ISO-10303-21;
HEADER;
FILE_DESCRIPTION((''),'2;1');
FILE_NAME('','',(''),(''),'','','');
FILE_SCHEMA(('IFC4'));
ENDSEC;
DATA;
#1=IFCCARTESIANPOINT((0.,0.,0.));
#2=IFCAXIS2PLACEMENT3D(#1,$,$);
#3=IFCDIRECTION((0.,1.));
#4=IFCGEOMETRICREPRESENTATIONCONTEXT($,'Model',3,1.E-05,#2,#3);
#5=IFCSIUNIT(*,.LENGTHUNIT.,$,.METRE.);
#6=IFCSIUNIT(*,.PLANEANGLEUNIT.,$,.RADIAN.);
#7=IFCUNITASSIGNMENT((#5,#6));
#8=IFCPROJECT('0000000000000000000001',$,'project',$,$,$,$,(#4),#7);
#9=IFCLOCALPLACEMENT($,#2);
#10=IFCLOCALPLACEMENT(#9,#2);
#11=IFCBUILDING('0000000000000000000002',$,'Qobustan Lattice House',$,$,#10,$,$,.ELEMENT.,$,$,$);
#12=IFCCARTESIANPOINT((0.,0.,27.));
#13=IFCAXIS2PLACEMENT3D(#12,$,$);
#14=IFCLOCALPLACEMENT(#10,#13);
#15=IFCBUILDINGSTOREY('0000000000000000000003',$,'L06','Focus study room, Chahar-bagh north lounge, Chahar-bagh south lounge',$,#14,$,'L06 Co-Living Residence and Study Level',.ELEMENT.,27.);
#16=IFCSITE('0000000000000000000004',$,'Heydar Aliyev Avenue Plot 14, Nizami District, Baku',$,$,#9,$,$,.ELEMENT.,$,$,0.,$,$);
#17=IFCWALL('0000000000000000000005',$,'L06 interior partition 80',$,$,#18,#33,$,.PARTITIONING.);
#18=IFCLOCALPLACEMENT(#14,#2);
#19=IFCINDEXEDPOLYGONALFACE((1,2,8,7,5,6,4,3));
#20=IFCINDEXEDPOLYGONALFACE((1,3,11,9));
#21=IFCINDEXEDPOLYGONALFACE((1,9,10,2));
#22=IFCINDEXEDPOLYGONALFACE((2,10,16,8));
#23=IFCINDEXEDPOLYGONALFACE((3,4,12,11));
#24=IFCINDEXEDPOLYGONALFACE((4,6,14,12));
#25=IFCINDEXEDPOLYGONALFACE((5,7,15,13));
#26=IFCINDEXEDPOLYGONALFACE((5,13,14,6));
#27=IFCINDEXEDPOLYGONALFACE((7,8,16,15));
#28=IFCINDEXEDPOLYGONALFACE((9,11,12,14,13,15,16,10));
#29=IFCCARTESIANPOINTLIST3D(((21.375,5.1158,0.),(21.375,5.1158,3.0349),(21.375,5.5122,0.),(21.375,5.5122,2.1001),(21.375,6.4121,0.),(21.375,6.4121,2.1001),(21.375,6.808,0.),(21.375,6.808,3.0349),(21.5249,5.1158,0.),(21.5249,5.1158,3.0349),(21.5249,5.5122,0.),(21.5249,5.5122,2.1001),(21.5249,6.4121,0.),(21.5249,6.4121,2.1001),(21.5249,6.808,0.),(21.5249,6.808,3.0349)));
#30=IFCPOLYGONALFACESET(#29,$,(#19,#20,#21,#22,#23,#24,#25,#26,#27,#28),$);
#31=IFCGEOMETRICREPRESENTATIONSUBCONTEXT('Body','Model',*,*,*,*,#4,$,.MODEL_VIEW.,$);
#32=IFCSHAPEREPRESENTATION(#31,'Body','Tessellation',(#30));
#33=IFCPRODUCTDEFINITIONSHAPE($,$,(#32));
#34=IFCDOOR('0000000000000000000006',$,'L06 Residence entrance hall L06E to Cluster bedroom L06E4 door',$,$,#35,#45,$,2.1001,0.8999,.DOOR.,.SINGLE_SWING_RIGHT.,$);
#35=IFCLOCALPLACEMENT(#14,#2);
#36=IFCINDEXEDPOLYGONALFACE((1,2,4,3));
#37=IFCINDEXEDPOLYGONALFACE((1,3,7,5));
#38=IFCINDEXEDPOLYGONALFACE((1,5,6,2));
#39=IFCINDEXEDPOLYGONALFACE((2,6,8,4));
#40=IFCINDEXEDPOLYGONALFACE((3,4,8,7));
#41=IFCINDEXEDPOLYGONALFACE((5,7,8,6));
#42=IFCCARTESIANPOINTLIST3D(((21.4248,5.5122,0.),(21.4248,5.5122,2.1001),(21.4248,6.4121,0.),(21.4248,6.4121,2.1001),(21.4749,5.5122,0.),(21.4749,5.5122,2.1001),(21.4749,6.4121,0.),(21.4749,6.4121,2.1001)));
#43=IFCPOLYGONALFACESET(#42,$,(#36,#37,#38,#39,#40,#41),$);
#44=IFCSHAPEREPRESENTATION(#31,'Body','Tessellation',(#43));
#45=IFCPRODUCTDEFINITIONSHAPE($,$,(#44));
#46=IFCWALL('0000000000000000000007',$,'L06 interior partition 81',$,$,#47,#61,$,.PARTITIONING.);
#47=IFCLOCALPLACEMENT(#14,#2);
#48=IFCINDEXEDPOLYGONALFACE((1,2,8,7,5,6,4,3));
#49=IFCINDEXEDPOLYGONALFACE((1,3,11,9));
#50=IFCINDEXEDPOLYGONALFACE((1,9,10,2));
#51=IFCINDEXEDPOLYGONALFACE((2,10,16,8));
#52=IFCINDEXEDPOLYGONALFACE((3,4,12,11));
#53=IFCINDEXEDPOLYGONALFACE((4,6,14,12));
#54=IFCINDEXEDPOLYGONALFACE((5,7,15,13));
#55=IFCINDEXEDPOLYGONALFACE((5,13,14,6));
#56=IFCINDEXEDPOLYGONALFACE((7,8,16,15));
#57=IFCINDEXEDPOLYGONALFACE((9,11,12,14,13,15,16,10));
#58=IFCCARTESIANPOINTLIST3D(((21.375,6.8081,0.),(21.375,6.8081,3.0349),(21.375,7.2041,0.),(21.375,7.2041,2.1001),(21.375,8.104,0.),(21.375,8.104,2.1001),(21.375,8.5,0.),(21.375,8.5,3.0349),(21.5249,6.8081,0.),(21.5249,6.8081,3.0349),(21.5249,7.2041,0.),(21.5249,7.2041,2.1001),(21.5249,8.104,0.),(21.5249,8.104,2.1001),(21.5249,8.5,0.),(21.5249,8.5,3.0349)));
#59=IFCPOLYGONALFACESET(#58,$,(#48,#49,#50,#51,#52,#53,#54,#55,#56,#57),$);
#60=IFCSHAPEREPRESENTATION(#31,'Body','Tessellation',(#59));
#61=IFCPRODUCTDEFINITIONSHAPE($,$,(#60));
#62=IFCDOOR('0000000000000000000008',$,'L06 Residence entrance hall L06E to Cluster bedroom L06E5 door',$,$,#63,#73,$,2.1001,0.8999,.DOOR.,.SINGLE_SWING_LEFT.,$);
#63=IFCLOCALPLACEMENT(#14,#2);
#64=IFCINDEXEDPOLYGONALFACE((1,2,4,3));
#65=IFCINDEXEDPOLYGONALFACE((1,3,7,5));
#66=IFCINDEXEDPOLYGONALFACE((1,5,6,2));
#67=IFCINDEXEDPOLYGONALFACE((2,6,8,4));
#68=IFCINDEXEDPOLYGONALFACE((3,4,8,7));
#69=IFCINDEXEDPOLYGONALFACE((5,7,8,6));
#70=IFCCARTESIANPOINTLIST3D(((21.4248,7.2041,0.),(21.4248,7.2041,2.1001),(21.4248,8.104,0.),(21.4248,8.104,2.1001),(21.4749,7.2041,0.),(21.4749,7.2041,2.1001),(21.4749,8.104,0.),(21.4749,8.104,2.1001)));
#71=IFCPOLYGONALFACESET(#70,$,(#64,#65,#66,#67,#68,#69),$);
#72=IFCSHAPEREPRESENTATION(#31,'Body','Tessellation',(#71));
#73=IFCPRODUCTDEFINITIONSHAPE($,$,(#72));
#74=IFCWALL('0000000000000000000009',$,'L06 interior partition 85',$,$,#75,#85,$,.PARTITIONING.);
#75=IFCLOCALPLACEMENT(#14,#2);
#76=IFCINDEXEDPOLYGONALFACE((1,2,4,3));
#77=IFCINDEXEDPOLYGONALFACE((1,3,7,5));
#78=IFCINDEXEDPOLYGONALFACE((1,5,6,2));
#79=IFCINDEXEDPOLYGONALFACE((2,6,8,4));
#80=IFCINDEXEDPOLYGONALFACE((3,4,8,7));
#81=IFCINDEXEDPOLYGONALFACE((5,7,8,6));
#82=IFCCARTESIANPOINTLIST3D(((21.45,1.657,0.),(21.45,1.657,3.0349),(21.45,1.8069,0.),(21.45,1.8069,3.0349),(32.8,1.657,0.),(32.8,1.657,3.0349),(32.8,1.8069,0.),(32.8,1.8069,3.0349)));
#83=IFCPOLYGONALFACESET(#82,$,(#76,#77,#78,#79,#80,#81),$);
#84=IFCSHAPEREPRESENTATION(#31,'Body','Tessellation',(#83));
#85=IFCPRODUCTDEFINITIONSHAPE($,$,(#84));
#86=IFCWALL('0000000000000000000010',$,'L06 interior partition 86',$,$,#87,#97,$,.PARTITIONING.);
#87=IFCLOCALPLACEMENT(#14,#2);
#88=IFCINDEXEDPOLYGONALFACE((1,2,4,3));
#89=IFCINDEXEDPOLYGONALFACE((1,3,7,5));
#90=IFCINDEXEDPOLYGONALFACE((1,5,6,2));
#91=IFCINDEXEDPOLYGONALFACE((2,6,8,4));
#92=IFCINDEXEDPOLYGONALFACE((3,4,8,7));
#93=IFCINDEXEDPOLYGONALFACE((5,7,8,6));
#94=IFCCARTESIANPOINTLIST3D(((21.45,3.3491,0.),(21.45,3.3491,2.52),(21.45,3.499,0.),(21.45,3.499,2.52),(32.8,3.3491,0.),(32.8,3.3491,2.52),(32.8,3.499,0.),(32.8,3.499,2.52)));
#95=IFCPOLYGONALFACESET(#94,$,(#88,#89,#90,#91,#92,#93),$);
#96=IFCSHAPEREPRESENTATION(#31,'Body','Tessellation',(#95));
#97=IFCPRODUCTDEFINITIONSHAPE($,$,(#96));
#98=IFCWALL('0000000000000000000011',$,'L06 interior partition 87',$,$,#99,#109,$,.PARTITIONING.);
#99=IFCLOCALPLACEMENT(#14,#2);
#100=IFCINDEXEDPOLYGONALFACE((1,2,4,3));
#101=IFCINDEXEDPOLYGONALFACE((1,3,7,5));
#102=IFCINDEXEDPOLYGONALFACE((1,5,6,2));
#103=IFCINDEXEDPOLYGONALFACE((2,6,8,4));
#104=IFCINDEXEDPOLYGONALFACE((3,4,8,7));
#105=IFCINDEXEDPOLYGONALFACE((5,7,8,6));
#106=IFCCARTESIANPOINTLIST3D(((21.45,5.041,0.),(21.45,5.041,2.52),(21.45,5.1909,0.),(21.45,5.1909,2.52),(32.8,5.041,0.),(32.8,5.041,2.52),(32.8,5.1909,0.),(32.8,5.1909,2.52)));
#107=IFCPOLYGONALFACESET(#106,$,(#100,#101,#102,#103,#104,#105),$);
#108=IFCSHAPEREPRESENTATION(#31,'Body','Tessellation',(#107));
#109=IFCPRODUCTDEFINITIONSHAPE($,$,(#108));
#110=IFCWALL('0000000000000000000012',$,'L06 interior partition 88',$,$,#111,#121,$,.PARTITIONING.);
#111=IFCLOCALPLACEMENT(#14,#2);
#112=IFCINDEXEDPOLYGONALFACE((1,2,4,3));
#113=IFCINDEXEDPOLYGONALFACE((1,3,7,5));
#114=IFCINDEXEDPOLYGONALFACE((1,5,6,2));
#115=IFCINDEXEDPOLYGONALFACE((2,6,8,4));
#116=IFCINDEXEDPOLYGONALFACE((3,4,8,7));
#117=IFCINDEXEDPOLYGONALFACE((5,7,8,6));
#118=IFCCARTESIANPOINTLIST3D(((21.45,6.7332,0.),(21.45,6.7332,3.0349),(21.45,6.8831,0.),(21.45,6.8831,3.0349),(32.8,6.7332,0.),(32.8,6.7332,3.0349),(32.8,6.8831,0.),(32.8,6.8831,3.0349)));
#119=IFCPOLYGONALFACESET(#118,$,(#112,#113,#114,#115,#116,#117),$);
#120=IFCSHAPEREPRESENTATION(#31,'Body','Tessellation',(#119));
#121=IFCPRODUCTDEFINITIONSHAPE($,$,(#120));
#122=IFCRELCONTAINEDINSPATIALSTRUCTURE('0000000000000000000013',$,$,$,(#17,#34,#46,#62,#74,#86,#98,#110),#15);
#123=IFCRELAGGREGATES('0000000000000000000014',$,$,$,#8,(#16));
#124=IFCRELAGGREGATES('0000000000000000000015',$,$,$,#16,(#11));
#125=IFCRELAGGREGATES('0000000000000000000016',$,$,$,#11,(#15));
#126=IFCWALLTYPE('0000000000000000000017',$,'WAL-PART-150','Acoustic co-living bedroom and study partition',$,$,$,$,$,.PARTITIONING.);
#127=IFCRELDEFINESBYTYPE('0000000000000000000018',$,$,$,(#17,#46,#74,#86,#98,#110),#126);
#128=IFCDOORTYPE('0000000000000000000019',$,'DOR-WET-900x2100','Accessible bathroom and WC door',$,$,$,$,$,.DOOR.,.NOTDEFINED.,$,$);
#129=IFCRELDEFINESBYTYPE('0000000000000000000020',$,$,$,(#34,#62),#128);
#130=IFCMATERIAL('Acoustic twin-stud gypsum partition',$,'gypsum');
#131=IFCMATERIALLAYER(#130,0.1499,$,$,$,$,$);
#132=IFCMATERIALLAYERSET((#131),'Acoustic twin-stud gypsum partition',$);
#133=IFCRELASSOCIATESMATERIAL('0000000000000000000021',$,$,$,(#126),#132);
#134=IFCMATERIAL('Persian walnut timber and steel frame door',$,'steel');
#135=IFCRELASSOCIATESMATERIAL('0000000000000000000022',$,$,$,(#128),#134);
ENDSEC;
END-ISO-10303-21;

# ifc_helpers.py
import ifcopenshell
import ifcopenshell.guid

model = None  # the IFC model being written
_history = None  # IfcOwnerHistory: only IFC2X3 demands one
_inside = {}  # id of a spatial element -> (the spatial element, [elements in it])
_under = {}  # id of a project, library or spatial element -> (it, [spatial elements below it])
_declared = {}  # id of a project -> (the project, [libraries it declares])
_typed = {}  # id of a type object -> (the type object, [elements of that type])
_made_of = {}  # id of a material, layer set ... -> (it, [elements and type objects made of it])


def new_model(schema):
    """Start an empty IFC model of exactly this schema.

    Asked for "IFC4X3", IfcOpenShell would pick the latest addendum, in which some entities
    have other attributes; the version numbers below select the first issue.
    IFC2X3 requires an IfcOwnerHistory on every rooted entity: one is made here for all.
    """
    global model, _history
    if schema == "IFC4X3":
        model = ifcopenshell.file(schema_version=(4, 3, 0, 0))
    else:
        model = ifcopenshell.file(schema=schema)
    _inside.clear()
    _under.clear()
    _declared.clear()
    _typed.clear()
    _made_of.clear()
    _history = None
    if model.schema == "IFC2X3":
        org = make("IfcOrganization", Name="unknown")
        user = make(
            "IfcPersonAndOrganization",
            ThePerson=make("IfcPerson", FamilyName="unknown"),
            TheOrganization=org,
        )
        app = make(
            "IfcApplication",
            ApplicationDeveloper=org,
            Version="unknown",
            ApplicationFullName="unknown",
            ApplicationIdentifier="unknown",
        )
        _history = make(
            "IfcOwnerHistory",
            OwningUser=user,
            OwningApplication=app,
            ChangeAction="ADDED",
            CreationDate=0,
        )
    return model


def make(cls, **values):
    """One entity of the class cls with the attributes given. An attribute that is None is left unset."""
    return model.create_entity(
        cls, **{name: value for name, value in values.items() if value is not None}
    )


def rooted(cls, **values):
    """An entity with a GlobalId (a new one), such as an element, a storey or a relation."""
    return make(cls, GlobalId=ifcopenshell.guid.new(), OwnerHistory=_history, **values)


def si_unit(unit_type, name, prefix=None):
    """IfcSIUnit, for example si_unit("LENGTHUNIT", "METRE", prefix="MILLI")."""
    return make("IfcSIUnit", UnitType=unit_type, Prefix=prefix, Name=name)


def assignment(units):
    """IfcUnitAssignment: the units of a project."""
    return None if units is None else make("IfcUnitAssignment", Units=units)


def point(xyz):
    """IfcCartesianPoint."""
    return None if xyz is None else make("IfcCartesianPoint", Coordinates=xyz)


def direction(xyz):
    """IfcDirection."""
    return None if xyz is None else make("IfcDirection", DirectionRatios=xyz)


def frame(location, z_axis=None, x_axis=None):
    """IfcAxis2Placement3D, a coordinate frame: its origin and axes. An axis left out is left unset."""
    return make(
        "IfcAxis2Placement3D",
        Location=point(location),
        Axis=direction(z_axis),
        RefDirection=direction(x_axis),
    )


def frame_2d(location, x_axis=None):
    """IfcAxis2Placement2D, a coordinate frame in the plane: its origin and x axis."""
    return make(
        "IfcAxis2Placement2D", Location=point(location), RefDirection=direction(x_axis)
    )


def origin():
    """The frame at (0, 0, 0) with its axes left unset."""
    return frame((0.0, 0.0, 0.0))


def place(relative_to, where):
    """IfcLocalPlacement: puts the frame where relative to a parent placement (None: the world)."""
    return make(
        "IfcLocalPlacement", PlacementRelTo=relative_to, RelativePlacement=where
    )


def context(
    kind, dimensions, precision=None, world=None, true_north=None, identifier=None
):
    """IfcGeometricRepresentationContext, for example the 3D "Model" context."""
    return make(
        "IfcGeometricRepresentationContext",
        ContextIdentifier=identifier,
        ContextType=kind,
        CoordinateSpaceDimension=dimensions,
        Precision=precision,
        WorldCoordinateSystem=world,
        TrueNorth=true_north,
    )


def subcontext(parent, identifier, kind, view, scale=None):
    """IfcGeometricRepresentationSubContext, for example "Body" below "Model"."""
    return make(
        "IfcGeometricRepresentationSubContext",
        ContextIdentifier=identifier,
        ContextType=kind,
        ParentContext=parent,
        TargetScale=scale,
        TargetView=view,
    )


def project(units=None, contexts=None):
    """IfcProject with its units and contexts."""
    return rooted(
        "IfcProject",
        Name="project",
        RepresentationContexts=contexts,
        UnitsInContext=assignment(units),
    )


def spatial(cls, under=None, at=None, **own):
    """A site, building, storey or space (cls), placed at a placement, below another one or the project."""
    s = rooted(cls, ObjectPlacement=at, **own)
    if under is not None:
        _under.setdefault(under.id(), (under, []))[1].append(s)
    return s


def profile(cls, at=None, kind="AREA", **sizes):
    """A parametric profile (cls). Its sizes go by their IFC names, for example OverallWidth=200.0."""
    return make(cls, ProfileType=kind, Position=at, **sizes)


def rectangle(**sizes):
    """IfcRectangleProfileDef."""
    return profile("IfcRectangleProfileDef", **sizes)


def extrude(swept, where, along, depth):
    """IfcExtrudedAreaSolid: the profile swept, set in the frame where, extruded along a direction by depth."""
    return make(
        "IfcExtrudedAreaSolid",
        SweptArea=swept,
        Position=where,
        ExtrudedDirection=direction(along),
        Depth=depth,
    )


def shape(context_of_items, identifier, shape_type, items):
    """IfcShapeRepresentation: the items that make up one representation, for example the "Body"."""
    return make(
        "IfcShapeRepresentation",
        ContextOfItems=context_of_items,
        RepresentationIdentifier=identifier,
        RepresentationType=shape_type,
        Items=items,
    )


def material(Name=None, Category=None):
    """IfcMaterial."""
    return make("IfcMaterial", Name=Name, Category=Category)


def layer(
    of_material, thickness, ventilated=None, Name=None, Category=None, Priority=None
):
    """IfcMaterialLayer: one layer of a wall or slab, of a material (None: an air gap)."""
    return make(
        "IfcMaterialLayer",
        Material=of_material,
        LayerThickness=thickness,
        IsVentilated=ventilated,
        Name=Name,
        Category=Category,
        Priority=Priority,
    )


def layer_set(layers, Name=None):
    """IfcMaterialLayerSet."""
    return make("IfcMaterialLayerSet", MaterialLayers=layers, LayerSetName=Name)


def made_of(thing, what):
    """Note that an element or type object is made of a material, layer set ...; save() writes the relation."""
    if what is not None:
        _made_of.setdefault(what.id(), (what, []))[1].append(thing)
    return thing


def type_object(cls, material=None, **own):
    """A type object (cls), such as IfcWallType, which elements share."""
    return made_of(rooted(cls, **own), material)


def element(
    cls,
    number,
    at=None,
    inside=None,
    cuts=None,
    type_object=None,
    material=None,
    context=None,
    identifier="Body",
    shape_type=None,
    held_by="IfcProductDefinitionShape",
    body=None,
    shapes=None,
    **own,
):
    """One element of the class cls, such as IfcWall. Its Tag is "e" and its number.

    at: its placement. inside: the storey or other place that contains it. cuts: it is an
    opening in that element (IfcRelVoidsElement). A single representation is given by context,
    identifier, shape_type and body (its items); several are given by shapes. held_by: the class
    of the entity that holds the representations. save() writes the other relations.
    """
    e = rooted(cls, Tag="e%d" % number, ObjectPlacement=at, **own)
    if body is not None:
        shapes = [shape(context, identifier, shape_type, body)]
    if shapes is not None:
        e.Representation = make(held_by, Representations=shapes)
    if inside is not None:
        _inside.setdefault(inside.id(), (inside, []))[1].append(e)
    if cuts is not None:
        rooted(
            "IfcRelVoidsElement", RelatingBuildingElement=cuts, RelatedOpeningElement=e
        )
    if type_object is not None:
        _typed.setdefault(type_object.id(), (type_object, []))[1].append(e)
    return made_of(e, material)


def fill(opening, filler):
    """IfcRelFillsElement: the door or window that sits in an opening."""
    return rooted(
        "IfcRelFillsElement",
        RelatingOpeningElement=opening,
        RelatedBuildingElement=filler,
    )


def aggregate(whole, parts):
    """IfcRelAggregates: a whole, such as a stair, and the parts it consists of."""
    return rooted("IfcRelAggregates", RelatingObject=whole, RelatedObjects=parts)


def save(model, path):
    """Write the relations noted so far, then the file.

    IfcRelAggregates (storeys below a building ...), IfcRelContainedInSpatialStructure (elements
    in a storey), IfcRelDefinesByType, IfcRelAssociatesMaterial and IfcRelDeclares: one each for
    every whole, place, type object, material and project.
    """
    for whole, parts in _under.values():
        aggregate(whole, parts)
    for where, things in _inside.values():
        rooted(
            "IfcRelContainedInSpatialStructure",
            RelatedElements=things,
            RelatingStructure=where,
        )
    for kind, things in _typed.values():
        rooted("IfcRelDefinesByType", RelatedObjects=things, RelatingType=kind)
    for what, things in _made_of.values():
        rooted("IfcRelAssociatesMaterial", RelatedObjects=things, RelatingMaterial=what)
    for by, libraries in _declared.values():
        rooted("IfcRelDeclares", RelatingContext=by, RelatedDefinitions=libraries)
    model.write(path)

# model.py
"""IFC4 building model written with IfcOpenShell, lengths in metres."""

from ifc_helpers import new_model, si_unit, direction, frame, frame_2d, origin, place, context, subcontext, project, spatial, rectangle, extrude, material, layer, layer_set, type_object, element, fill, save


model = new_model("IFC4")

# Units and contexts
model_context = context("Model", 3, precision=1e-05, world=origin(), true_north=direction((0.0, 1.0)))
body_context = subcontext(model_context, "Body", "Model", "MODEL_VIEW")
ifc_project = project(units=[si_unit("LENGTHUNIT", "METRE"), si_unit("PLANEANGLEUNIT", "RADIAN")], contexts=[model_context])

# Site, building, storey
site_placement = place(None, origin())
site = spatial("IfcSite", under=ifc_project, at=site_placement, Name="Heydar Aliyev Avenue Plot 14, Nizami District, Baku", CompositionType="ELEMENT", RefElevation=0.0)
building_placement = place(site_placement, origin())
building = spatial("IfcBuilding", under=site, at=building_placement, Name="Qobustan Lattice House", CompositionType="ELEMENT")
storey_placement = place(building_placement, frame((0.0, 0.0, 27.0)))
storey = spatial("IfcBuildingStorey", under=building, at=storey_placement, Name="L06", Description="Focus study room, Chahar-bagh north lounge, Chahar-bagh south lounge", LongName="L06 Co-Living Residence and Study Level", CompositionType="ELEMENT", Elevation=27.0)

# Shared definitions
ifc_material_1 = material(Name="Acoustic twin-stud gypsum partition", Category="gypsum")
ifc_layer_1 = layer(ifc_material_1, 0.1499)
ifc_layer_set_1 = layer_set([ifc_layer_1], Name="Acoustic twin-stud gypsum partition")
wall_type_1 = type_object("IfcWallType", Name="WAL-PART-150", Description="Acoustic co-living bedroom and study partition", PredefinedType="PARTITIONING", material=ifc_layer_set_1)

# Walls, openings, doors
ifc_material_2 = material(Name="Persian walnut timber and steel frame door", Category="steel")
door_type_1 = type_object("IfcDoorType", Name="DOR-WET-900x2100", Description="Accessible bathroom and WC door", OperationType="NOTDEFINED", PredefinedType="DOOR", material=ifc_material_2)
wall_1_placement = place(storey_placement, frame((21.45, 6.8081, 0.0), z_axis=(0.0, 0.0, 1.0), x_axis=(0.0, -1.0, 0.0)))
wall_1 = element("IfcWall", 1, at=wall_1_placement, inside=storey, type_object=wall_type_1, Name="L06 interior partition 80", PredefinedType="PARTITIONING", context=body_context, shape_type="SweptSolid", body=[
    extrude(rectangle(XDim=1.6921, YDim=0.1499, at=frame_2d((0.8462, 0.0))), origin(), (0.0, 0.0, 1.0), 3.0349),
])
opening_1_placement = place(wall_1_placement, frame((0.396, 0.0, 0.0)))
opening_1 = element("IfcOpeningElement", 2, at=opening_1_placement, cuts=wall_1, PredefinedType="OPENING", context=body_context, shape_type="SweptSolid", body=[
    extrude(rectangle(XDim=0.8999, YDim=2.1001, at=frame_2d((0.45, 1.05))), frame((0.0, 0.085, 0.0), z_axis=(0.0, -1.0, 0.0), x_axis=(1.0, 0.0, 0.0)), (0.0, 0.0, 1.0), 0.1699),
])
door_1_placement = place(opening_1_placement, origin())
door_1 = element("IfcDoor", 3, at=door_1_placement, inside=storey, type_object=door_type_1, Name="L06 Residence entrance hall L06E to Cluster bedroom L06E4 door", OperationType="SINGLE_SWING_RIGHT", OverallHeight=2.1001, OverallWidth=0.8999, PredefinedType="DOOR", context=body_context, shape_type="SweptSolid", body=[
    extrude(rectangle(XDim=0.8999, YDim=2.1001, at=frame_2d((0.45, 1.05))), frame((0.0, 0.0249, 0.0), z_axis=(0.0, -1.0, 0.0), x_axis=(1.0, 0.0, 0.0)), (0.0, 0.0, 1.0), 0.05),
])
fill(opening_1, door_1)
wall_2_placement = place(storey_placement, frame((21.45, 8.5, 0.0), z_axis=(0.0, 0.0, 1.0), x_axis=(0.0, -1.0, 0.0)))
wall_2 = element("IfcWall", 4, at=wall_2_placement, inside=storey, type_object=wall_type_1, Name="L06 interior partition 81", PredefinedType="PARTITIONING", context=body_context, shape_type="SweptSolid", body=[
    extrude(rectangle(XDim=1.6919, YDim=0.1499, at=frame_2d((0.8459, 0.0))), origin(), (0.0, 0.0, 1.0), 3.0349),
])
opening_2_placement = place(wall_2_placement, frame((0.396, 0.0, 0.0)))
opening_2 = element("IfcOpeningElement", 5, at=opening_2_placement, cuts=wall_2, PredefinedType="OPENING", context=body_context, shape_type="SweptSolid", body=[
    extrude(rectangle(XDim=0.8999, YDim=2.1001, at=frame_2d((0.45, 1.05))), frame((0.0, 0.085, 0.0), z_axis=(0.0, -1.0, 0.0), x_axis=(1.0, 0.0, 0.0)), (0.0, 0.0, 1.0), 0.1699),
])
door_2_placement = place(opening_2_placement, origin())
door_2 = element("IfcDoor", 6, at=door_2_placement, inside=storey, type_object=door_type_1, Name="L06 Residence entrance hall L06E to Cluster bedroom L06E5 door", OperationType="SINGLE_SWING_LEFT", OverallHeight=2.1001, OverallWidth=0.8999, PredefinedType="DOOR", context=body_context, shape_type="SweptSolid", body=[
    extrude(rectangle(XDim=0.8999, YDim=2.1001, at=frame_2d((0.45, 1.05))), frame((0.0, 0.0249, 0.0), z_axis=(0.0, -1.0, 0.0), x_axis=(1.0, 0.0, 0.0)), (0.0, 0.0, 1.0), 0.05),
])
fill(opening_2, door_2)

# Walls
wall_3_placement = place(storey_placement, frame((21.45, 1.7319, 0.0), z_axis=(0.0, 0.0, 1.0), x_axis=(1.0, 0.0, 0.0)))
element("IfcWall", 7, at=wall_3_placement, inside=storey, type_object=wall_type_1, Name="L06 interior partition 85", PredefinedType="PARTITIONING", context=body_context, shape_type="SweptSolid", body=[
    extrude(rectangle(XDim=11.3501, YDim=0.1499, at=frame_2d((5.675, 0.0))), origin(), (0.0, 0.0, 1.0), 3.0349),
])
for number, where, z_axis, x_axis, name in (
    (8, (21.45, 3.4241, 0.0), (0.0, 0.0, 1.0), (1.0, 0.0, 0.0), "L06 interior partition 86"),
    (9, (21.45, 5.116, 0.0), (0.0, 0.0, 1.0), (1.0, 0.0, 0.0), "L06 interior partition 87"),
):
    element("IfcWall", number, at=place(storey_placement, frame(where, z_axis=z_axis, x_axis=x_axis)), inside=storey, type_object=wall_type_1, Name=name, PredefinedType="PARTITIONING", context=body_context, shape_type="SweptSolid", body=[
        extrude(rectangle(XDim=11.3501, YDim=0.1499, at=frame_2d((5.675, 0.0))), origin(), (0.0, 0.0, 1.0), 2.52),
    ])
wall_4_placement = place(storey_placement, frame((21.45, 6.8081, 0.0), z_axis=(0.0, 0.0, 1.0), x_axis=(1.0, 0.0, 0.0)))
element("IfcWall", 10, at=wall_4_placement, inside=storey, type_object=wall_type_1, Name="L06 interior partition 88", PredefinedType="PARTITIONING", context=body_context, shape_type="SweptSolid", body=[
    extrude(rectangle(XDim=11.3501, YDim=0.1499, at=frame_2d((5.675, 0.0))), origin(), (0.0, 0.0, 1.0), 3.0349),
])

save(model, "model.ifc")
